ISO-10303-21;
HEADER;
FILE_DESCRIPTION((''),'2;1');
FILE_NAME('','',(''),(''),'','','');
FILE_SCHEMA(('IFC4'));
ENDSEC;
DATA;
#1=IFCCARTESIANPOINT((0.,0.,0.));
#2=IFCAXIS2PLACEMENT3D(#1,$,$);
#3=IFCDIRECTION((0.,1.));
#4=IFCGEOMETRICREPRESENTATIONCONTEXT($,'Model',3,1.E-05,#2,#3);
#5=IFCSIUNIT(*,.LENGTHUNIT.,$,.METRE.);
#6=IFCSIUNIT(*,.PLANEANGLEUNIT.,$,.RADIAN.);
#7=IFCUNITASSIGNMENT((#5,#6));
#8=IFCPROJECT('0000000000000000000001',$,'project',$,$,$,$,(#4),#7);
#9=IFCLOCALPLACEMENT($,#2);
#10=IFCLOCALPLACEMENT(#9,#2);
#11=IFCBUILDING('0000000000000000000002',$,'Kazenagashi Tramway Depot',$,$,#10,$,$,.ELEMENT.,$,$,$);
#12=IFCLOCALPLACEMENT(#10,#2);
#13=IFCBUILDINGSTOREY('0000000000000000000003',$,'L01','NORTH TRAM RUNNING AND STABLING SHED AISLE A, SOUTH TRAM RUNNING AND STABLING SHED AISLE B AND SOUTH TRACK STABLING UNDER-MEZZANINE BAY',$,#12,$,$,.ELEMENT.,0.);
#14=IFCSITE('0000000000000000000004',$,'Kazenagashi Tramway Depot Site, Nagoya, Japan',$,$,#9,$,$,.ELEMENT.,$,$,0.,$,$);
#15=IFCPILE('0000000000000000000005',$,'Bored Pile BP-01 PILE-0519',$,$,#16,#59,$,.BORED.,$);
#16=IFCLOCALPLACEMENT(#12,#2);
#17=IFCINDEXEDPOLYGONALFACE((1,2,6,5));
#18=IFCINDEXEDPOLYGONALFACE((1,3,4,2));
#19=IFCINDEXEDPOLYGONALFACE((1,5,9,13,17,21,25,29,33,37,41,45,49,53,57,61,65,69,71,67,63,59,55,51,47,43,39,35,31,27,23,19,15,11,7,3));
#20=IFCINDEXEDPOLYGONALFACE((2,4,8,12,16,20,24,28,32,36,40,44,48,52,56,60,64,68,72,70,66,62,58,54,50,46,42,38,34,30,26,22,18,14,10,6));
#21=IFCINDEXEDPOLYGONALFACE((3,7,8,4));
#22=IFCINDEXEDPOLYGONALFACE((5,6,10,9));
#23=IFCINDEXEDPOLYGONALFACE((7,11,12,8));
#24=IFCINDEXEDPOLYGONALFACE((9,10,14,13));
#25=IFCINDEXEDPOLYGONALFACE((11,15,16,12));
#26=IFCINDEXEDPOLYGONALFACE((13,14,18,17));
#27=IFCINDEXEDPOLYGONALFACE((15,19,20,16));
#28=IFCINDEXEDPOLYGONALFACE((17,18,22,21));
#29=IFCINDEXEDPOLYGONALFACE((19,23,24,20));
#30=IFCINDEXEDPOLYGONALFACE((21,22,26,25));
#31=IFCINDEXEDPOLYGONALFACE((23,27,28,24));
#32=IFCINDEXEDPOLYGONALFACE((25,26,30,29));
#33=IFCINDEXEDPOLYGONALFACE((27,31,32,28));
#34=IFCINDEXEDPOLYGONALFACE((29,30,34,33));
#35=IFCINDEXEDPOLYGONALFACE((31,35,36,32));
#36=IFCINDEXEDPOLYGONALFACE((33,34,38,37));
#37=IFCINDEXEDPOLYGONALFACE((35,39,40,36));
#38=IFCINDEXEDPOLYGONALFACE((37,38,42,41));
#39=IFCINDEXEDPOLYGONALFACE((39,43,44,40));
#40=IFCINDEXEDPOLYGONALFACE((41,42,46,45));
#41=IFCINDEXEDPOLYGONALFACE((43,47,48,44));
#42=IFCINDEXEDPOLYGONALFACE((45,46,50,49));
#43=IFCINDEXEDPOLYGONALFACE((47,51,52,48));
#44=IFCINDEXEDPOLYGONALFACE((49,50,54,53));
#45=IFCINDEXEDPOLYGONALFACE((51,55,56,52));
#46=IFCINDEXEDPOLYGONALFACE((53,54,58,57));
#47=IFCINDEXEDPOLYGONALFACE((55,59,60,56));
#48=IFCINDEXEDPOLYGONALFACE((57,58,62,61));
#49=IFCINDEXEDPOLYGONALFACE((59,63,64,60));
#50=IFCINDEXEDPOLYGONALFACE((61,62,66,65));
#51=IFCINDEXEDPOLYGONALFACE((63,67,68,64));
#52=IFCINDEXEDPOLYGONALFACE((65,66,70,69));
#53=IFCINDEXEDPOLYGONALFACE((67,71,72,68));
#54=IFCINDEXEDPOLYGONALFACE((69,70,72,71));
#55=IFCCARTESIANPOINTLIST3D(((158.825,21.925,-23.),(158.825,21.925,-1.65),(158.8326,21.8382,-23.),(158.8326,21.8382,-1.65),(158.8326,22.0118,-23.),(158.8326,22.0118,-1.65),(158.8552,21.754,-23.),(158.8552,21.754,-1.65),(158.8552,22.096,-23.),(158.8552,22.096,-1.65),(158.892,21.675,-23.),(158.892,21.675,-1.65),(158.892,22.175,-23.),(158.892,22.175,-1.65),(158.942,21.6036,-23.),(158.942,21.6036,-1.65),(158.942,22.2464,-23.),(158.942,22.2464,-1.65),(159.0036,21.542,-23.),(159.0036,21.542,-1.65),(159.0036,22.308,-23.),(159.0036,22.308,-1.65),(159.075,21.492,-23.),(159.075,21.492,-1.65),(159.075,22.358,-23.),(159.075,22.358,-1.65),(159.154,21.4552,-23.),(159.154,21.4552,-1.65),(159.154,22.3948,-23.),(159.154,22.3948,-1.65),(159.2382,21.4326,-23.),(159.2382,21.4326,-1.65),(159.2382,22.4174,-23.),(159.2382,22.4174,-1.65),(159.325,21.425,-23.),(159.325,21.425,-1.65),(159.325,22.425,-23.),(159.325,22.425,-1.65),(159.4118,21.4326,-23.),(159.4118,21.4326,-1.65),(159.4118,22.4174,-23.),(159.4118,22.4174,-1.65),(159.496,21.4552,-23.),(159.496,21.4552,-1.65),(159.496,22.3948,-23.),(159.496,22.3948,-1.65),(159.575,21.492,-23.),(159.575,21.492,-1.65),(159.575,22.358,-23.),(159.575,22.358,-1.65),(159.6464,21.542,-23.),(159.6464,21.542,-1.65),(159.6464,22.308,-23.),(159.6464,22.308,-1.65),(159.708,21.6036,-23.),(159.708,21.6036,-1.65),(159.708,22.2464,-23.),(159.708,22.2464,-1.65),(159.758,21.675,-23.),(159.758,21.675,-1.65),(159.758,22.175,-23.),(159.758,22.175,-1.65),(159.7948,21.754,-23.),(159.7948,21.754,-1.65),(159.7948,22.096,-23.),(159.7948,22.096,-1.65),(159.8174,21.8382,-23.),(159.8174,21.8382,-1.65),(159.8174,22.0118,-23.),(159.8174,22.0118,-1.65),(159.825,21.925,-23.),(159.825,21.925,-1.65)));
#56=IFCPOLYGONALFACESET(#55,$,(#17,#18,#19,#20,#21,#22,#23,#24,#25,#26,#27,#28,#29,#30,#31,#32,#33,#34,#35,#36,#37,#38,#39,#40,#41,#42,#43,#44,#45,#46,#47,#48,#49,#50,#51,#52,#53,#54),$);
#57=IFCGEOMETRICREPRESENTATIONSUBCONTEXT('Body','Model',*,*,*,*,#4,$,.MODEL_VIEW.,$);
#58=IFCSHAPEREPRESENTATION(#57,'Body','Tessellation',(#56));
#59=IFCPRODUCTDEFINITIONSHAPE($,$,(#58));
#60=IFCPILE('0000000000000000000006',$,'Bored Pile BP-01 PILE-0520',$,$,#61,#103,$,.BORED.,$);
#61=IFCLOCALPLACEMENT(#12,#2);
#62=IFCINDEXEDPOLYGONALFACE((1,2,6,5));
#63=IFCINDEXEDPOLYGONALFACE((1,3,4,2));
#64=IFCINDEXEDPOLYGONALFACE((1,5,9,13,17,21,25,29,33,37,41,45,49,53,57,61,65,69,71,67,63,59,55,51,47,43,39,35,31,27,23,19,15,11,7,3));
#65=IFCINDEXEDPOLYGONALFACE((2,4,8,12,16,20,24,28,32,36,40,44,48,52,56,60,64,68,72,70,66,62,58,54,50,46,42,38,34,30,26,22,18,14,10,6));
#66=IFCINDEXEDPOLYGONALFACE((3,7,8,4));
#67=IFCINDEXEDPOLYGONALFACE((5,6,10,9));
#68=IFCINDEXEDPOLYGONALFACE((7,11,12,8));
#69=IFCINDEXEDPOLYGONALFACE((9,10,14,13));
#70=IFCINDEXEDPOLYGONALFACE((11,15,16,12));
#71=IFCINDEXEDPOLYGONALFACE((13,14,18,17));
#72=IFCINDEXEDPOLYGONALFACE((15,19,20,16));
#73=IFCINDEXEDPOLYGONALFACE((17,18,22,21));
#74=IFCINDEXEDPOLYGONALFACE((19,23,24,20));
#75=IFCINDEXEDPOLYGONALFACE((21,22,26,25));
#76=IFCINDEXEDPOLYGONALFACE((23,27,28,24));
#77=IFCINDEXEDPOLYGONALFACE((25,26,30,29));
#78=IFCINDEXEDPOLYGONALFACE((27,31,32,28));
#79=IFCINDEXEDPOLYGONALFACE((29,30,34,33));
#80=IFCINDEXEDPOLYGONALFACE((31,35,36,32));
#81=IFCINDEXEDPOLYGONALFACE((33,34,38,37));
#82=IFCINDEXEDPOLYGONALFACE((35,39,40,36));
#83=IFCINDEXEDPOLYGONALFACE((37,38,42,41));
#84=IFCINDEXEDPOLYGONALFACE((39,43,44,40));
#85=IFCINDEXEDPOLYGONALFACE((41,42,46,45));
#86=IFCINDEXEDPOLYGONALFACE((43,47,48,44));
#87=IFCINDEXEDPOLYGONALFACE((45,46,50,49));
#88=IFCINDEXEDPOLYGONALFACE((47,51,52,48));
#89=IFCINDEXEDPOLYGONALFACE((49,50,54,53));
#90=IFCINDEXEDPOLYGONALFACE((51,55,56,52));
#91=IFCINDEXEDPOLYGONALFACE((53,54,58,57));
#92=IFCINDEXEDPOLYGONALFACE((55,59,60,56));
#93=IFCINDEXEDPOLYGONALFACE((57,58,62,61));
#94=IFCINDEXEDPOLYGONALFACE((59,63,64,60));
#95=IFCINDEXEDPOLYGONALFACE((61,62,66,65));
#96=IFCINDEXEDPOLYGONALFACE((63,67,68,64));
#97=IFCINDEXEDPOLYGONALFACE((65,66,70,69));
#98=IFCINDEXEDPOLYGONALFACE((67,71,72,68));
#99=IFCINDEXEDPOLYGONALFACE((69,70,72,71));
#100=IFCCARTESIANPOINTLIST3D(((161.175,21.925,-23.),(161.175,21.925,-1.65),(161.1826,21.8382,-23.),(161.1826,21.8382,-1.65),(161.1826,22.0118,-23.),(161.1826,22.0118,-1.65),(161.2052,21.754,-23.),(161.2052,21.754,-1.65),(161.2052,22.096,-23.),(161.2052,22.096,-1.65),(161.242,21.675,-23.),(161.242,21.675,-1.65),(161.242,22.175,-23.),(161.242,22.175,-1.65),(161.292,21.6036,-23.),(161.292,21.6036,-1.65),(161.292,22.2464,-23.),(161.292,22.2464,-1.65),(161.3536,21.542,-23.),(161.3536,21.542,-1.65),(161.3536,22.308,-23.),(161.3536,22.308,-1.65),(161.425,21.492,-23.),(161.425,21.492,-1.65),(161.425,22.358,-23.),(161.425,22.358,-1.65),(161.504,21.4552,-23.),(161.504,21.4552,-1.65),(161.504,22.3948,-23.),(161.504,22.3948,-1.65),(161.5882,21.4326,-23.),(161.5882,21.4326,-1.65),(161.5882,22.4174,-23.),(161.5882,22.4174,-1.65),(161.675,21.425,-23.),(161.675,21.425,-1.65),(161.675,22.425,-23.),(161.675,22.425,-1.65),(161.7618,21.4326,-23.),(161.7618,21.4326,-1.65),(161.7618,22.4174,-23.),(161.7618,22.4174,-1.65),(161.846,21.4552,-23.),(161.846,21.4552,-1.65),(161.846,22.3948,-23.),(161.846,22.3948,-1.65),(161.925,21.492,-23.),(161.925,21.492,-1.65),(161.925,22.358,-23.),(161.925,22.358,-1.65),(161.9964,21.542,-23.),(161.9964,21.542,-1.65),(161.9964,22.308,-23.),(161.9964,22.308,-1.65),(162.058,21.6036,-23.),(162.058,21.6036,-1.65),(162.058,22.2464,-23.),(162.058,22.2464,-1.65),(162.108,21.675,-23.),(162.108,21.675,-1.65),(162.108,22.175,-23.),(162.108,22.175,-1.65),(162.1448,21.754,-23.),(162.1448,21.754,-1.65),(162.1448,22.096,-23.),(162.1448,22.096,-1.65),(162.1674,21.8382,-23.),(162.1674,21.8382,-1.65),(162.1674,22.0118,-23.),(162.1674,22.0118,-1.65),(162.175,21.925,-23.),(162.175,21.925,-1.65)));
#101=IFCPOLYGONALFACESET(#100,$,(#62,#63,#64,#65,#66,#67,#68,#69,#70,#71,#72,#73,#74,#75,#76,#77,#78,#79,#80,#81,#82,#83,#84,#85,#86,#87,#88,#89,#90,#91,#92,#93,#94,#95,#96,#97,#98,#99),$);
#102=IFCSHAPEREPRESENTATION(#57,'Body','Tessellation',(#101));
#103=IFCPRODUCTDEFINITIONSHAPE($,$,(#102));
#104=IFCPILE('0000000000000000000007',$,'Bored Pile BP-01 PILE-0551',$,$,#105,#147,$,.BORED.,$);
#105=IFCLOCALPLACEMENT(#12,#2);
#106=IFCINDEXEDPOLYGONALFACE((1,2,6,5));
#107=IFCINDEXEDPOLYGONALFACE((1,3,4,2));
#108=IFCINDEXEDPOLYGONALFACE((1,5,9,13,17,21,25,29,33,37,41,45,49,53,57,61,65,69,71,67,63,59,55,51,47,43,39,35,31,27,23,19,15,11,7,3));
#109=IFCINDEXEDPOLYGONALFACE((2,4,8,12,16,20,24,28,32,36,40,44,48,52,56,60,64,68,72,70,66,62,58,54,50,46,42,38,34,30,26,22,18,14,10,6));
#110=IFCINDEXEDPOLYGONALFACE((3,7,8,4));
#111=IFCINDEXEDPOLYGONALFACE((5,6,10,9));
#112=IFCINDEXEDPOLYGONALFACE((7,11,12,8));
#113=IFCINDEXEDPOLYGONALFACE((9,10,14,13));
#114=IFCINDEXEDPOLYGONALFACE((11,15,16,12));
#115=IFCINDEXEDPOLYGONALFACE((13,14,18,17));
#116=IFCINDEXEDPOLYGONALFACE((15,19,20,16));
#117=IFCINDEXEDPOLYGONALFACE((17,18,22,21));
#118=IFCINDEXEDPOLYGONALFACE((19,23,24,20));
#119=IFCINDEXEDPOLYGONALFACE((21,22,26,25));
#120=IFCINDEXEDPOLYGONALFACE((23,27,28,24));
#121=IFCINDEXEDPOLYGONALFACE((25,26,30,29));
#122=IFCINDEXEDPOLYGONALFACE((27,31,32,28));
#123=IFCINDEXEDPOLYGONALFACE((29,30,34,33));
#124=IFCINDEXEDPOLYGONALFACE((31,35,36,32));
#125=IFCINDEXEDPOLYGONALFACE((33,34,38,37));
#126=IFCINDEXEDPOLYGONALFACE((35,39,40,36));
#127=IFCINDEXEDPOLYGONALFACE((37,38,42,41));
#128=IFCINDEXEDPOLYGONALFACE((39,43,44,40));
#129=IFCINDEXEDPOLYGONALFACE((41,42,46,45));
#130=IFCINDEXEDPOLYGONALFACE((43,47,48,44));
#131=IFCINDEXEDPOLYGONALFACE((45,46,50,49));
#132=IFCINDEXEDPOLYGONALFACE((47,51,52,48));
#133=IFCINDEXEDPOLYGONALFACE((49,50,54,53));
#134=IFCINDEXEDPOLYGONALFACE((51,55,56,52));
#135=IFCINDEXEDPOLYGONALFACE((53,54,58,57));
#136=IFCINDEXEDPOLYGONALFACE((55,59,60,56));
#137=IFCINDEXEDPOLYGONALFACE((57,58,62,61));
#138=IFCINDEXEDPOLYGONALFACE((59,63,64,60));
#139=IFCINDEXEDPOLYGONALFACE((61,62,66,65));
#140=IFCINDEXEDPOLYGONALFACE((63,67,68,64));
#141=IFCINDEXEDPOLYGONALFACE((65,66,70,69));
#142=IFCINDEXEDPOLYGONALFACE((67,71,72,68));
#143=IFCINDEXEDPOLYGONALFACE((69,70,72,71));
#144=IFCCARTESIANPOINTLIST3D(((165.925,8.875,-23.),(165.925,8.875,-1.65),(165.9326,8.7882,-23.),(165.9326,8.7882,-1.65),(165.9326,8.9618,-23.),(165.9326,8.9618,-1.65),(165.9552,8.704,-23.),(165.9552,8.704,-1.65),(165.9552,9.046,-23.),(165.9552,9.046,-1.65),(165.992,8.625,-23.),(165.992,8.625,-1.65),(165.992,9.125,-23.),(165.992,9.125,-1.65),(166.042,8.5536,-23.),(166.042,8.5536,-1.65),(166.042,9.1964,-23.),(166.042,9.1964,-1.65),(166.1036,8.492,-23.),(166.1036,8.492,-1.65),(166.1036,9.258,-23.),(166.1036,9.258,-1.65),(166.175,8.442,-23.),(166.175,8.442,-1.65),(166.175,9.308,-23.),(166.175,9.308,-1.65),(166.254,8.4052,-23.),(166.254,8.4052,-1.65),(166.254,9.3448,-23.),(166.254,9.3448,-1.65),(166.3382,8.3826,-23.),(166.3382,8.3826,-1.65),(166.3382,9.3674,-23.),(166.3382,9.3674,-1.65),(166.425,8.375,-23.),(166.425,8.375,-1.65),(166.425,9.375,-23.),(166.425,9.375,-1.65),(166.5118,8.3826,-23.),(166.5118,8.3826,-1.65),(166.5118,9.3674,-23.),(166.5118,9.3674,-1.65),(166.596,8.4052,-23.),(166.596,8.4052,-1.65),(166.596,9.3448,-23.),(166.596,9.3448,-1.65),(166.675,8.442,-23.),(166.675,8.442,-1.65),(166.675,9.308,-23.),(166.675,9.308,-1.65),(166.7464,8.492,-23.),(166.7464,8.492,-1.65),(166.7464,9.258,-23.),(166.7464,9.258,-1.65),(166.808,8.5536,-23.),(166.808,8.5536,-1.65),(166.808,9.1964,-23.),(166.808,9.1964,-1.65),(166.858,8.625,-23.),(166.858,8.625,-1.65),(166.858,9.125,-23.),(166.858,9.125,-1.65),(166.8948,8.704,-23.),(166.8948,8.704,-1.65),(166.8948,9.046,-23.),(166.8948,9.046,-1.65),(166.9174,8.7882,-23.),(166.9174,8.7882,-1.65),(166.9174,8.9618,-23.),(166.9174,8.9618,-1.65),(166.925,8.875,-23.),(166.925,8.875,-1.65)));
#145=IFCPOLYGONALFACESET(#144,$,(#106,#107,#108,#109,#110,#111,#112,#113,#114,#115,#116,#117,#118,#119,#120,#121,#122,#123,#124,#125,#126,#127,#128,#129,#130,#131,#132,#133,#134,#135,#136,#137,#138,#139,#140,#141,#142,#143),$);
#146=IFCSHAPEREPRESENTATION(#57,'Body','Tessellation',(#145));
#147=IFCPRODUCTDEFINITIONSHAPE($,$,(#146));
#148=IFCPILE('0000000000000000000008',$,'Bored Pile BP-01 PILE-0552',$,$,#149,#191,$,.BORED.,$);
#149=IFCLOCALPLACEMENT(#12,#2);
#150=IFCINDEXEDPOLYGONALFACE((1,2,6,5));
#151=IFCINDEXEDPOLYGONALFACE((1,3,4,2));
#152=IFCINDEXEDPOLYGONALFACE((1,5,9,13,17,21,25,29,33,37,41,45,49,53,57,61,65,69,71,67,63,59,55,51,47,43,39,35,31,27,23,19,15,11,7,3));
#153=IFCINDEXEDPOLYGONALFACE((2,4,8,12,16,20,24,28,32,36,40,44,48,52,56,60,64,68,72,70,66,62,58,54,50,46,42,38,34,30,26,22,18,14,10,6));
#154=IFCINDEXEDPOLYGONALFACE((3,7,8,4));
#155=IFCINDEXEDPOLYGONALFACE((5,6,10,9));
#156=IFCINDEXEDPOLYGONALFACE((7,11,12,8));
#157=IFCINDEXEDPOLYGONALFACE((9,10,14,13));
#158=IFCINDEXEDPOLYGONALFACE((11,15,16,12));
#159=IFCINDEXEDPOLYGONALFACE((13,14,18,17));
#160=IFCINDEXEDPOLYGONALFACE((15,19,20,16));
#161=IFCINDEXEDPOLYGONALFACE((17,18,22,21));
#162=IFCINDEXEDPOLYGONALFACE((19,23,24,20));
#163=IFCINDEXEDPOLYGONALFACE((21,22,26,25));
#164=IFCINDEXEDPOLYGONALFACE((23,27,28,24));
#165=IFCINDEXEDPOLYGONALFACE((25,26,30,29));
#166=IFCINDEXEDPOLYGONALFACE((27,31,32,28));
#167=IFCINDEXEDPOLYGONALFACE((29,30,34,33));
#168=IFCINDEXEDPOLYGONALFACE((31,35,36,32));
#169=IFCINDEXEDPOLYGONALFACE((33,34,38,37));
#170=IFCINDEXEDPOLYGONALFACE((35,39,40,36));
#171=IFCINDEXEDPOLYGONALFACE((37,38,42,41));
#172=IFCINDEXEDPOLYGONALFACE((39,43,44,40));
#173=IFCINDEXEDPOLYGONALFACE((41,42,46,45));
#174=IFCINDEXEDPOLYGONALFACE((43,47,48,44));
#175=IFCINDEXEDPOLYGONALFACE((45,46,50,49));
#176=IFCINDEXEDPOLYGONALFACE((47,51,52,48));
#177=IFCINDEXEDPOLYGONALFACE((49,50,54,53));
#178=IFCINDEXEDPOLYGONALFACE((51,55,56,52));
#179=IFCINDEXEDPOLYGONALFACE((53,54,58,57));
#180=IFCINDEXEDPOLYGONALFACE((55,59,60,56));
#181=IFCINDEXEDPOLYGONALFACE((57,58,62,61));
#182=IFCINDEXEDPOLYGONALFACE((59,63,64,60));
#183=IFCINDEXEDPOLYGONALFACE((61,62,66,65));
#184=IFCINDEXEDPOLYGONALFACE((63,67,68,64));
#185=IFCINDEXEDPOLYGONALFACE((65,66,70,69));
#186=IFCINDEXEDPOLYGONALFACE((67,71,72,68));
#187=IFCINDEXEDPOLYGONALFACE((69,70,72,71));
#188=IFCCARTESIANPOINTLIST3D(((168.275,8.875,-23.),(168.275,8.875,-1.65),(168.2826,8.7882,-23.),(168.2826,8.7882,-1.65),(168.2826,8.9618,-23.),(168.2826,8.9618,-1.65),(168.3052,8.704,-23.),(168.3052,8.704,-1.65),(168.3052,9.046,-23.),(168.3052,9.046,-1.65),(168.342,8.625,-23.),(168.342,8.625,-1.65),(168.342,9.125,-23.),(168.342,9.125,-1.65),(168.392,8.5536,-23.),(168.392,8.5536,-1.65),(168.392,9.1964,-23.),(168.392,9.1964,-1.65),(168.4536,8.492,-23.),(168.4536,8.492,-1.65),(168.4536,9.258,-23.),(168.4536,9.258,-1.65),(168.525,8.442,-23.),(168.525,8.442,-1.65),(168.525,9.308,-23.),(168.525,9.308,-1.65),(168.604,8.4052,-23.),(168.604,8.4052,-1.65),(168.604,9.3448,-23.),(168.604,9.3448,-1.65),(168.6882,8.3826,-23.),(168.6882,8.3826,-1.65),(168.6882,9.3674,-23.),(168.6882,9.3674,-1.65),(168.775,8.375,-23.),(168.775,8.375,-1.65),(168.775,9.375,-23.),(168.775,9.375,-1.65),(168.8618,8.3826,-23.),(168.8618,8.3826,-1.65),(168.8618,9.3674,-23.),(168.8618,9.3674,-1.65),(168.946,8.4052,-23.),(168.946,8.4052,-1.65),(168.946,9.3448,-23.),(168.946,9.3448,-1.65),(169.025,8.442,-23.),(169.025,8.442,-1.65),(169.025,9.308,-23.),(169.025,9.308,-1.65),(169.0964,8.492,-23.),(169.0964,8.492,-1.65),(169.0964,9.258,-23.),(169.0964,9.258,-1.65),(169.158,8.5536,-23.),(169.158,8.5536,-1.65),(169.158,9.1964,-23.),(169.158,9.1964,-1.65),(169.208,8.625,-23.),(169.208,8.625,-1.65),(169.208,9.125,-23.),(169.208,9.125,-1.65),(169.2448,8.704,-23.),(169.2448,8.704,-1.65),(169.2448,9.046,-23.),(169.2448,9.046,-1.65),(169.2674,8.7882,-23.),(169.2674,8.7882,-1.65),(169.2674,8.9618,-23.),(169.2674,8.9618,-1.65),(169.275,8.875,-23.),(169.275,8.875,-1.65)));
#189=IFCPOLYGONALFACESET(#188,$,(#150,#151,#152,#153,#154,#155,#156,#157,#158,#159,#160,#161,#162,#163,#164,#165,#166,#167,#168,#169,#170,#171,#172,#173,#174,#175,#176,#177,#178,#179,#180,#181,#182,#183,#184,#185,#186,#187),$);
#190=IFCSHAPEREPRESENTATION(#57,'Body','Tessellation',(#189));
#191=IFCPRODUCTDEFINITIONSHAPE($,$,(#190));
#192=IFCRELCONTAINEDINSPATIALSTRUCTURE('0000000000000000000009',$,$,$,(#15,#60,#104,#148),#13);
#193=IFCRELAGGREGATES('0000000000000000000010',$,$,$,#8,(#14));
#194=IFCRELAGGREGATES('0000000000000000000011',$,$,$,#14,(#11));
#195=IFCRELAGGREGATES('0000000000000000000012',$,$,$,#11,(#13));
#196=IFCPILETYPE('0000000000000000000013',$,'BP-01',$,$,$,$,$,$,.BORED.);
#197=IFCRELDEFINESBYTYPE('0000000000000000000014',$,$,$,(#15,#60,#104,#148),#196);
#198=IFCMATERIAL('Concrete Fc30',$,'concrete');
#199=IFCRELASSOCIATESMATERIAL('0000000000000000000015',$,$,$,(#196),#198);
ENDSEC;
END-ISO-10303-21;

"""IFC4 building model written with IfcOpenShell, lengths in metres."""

from ifc_helpers import new_model, si_unit, direction, frame, origin, origin_2d, place, context, subcontext, project, spatial, circle, extrude, material, material_profile, profile_set, type_object, element, save


model = new_model("IFC4")

# Units and contexts
model_context = context("Model", 3, precision=1e-05, world=origin(), true_north=direction((0.0, 1.0)))
body_context = subcontext(model_context, "Body", "Model", "MODEL_VIEW")
ifc_project = project(units=[si_unit("LENGTHUNIT", "METRE"), si_unit("PLANEANGLEUNIT", "RADIAN")], contexts=[model_context])

# Site, building, storey
site_placement = place(None, origin())
site = spatial("IfcSite", under=ifc_project, at=site_placement, Name="Kazenagashi Tramway Depot Site, Nagoya, Japan", CompositionType="ELEMENT", RefElevation=0.0)
building_placement = place(site_placement, origin())
building = spatial("IfcBuilding", under=site, at=building_placement, Name="Kazenagashi Tramway Depot", CompositionType="ELEMENT")
storey_placement = place(building_placement, origin())
storey = spatial("IfcBuildingStorey", under=building, at=storey_placement, Name="L01", Description="NORTH TRAM RUNNING AND STABLING SHED AISLE A, SOUTH TRAM RUNNING AND STABLING SHED AISLE B AND SOUTH TRACK STABLING UNDER-MEZZANINE BAY", CompositionType="ELEMENT", Elevation=0.0)

# Piles
ifc_material_1 = material(Name="Concrete Fc30", Category="concrete")
ifc_material_profile_1 = material_profile(ifc_material_1, circle(Radius=0.5, at=origin_2d()), Name="PILE-1000")
ifc_profile_set_1 = profile_set([ifc_material_profile_1], Name="Concrete Fc30")
pile_type = type_object("IfcPileType", Name="BP-01", PredefinedType="BORED", material=ifc_profile_set_1)
for number, where, z_axis, x_axis, name in (
    (1, (159.325, 21.925, -1.65), (0.0, 0.0, -1.0), (1.0, 0.0, 0.0), "Bored Pile BP-01 PILE-0519"),
    (2, (161.675, 21.925, -1.65), (0.0, 0.0, -1.0), (1.0, 0.0, 0.0), "Bored Pile BP-01 PILE-0520"),
    (3, (166.425, 8.875, -1.65), (0.0, 0.0, -1.0), (1.0, 0.0, 0.0), "Bored Pile BP-01 PILE-0551"),
    (4, (168.775, 8.875, -1.65), (0.0, 0.0, -1.0), (1.0, 0.0, 0.0), "Bored Pile BP-01 PILE-0552"),
):
    element("IfcPile", number, at=place(storey_placement, frame(where, z_axis=z_axis, x_axis=x_axis)), inside=storey, type_object=pile_type, Name=name, PredefinedType="BORED", context=body_context, shape_type="SweptSolid", body=[
        extrude(circle(Radius=0.5, at=origin_2d()), origin(), (0.0, 0.0, 1.0), 21.35),
    ])

save(model, "model.ifc")
